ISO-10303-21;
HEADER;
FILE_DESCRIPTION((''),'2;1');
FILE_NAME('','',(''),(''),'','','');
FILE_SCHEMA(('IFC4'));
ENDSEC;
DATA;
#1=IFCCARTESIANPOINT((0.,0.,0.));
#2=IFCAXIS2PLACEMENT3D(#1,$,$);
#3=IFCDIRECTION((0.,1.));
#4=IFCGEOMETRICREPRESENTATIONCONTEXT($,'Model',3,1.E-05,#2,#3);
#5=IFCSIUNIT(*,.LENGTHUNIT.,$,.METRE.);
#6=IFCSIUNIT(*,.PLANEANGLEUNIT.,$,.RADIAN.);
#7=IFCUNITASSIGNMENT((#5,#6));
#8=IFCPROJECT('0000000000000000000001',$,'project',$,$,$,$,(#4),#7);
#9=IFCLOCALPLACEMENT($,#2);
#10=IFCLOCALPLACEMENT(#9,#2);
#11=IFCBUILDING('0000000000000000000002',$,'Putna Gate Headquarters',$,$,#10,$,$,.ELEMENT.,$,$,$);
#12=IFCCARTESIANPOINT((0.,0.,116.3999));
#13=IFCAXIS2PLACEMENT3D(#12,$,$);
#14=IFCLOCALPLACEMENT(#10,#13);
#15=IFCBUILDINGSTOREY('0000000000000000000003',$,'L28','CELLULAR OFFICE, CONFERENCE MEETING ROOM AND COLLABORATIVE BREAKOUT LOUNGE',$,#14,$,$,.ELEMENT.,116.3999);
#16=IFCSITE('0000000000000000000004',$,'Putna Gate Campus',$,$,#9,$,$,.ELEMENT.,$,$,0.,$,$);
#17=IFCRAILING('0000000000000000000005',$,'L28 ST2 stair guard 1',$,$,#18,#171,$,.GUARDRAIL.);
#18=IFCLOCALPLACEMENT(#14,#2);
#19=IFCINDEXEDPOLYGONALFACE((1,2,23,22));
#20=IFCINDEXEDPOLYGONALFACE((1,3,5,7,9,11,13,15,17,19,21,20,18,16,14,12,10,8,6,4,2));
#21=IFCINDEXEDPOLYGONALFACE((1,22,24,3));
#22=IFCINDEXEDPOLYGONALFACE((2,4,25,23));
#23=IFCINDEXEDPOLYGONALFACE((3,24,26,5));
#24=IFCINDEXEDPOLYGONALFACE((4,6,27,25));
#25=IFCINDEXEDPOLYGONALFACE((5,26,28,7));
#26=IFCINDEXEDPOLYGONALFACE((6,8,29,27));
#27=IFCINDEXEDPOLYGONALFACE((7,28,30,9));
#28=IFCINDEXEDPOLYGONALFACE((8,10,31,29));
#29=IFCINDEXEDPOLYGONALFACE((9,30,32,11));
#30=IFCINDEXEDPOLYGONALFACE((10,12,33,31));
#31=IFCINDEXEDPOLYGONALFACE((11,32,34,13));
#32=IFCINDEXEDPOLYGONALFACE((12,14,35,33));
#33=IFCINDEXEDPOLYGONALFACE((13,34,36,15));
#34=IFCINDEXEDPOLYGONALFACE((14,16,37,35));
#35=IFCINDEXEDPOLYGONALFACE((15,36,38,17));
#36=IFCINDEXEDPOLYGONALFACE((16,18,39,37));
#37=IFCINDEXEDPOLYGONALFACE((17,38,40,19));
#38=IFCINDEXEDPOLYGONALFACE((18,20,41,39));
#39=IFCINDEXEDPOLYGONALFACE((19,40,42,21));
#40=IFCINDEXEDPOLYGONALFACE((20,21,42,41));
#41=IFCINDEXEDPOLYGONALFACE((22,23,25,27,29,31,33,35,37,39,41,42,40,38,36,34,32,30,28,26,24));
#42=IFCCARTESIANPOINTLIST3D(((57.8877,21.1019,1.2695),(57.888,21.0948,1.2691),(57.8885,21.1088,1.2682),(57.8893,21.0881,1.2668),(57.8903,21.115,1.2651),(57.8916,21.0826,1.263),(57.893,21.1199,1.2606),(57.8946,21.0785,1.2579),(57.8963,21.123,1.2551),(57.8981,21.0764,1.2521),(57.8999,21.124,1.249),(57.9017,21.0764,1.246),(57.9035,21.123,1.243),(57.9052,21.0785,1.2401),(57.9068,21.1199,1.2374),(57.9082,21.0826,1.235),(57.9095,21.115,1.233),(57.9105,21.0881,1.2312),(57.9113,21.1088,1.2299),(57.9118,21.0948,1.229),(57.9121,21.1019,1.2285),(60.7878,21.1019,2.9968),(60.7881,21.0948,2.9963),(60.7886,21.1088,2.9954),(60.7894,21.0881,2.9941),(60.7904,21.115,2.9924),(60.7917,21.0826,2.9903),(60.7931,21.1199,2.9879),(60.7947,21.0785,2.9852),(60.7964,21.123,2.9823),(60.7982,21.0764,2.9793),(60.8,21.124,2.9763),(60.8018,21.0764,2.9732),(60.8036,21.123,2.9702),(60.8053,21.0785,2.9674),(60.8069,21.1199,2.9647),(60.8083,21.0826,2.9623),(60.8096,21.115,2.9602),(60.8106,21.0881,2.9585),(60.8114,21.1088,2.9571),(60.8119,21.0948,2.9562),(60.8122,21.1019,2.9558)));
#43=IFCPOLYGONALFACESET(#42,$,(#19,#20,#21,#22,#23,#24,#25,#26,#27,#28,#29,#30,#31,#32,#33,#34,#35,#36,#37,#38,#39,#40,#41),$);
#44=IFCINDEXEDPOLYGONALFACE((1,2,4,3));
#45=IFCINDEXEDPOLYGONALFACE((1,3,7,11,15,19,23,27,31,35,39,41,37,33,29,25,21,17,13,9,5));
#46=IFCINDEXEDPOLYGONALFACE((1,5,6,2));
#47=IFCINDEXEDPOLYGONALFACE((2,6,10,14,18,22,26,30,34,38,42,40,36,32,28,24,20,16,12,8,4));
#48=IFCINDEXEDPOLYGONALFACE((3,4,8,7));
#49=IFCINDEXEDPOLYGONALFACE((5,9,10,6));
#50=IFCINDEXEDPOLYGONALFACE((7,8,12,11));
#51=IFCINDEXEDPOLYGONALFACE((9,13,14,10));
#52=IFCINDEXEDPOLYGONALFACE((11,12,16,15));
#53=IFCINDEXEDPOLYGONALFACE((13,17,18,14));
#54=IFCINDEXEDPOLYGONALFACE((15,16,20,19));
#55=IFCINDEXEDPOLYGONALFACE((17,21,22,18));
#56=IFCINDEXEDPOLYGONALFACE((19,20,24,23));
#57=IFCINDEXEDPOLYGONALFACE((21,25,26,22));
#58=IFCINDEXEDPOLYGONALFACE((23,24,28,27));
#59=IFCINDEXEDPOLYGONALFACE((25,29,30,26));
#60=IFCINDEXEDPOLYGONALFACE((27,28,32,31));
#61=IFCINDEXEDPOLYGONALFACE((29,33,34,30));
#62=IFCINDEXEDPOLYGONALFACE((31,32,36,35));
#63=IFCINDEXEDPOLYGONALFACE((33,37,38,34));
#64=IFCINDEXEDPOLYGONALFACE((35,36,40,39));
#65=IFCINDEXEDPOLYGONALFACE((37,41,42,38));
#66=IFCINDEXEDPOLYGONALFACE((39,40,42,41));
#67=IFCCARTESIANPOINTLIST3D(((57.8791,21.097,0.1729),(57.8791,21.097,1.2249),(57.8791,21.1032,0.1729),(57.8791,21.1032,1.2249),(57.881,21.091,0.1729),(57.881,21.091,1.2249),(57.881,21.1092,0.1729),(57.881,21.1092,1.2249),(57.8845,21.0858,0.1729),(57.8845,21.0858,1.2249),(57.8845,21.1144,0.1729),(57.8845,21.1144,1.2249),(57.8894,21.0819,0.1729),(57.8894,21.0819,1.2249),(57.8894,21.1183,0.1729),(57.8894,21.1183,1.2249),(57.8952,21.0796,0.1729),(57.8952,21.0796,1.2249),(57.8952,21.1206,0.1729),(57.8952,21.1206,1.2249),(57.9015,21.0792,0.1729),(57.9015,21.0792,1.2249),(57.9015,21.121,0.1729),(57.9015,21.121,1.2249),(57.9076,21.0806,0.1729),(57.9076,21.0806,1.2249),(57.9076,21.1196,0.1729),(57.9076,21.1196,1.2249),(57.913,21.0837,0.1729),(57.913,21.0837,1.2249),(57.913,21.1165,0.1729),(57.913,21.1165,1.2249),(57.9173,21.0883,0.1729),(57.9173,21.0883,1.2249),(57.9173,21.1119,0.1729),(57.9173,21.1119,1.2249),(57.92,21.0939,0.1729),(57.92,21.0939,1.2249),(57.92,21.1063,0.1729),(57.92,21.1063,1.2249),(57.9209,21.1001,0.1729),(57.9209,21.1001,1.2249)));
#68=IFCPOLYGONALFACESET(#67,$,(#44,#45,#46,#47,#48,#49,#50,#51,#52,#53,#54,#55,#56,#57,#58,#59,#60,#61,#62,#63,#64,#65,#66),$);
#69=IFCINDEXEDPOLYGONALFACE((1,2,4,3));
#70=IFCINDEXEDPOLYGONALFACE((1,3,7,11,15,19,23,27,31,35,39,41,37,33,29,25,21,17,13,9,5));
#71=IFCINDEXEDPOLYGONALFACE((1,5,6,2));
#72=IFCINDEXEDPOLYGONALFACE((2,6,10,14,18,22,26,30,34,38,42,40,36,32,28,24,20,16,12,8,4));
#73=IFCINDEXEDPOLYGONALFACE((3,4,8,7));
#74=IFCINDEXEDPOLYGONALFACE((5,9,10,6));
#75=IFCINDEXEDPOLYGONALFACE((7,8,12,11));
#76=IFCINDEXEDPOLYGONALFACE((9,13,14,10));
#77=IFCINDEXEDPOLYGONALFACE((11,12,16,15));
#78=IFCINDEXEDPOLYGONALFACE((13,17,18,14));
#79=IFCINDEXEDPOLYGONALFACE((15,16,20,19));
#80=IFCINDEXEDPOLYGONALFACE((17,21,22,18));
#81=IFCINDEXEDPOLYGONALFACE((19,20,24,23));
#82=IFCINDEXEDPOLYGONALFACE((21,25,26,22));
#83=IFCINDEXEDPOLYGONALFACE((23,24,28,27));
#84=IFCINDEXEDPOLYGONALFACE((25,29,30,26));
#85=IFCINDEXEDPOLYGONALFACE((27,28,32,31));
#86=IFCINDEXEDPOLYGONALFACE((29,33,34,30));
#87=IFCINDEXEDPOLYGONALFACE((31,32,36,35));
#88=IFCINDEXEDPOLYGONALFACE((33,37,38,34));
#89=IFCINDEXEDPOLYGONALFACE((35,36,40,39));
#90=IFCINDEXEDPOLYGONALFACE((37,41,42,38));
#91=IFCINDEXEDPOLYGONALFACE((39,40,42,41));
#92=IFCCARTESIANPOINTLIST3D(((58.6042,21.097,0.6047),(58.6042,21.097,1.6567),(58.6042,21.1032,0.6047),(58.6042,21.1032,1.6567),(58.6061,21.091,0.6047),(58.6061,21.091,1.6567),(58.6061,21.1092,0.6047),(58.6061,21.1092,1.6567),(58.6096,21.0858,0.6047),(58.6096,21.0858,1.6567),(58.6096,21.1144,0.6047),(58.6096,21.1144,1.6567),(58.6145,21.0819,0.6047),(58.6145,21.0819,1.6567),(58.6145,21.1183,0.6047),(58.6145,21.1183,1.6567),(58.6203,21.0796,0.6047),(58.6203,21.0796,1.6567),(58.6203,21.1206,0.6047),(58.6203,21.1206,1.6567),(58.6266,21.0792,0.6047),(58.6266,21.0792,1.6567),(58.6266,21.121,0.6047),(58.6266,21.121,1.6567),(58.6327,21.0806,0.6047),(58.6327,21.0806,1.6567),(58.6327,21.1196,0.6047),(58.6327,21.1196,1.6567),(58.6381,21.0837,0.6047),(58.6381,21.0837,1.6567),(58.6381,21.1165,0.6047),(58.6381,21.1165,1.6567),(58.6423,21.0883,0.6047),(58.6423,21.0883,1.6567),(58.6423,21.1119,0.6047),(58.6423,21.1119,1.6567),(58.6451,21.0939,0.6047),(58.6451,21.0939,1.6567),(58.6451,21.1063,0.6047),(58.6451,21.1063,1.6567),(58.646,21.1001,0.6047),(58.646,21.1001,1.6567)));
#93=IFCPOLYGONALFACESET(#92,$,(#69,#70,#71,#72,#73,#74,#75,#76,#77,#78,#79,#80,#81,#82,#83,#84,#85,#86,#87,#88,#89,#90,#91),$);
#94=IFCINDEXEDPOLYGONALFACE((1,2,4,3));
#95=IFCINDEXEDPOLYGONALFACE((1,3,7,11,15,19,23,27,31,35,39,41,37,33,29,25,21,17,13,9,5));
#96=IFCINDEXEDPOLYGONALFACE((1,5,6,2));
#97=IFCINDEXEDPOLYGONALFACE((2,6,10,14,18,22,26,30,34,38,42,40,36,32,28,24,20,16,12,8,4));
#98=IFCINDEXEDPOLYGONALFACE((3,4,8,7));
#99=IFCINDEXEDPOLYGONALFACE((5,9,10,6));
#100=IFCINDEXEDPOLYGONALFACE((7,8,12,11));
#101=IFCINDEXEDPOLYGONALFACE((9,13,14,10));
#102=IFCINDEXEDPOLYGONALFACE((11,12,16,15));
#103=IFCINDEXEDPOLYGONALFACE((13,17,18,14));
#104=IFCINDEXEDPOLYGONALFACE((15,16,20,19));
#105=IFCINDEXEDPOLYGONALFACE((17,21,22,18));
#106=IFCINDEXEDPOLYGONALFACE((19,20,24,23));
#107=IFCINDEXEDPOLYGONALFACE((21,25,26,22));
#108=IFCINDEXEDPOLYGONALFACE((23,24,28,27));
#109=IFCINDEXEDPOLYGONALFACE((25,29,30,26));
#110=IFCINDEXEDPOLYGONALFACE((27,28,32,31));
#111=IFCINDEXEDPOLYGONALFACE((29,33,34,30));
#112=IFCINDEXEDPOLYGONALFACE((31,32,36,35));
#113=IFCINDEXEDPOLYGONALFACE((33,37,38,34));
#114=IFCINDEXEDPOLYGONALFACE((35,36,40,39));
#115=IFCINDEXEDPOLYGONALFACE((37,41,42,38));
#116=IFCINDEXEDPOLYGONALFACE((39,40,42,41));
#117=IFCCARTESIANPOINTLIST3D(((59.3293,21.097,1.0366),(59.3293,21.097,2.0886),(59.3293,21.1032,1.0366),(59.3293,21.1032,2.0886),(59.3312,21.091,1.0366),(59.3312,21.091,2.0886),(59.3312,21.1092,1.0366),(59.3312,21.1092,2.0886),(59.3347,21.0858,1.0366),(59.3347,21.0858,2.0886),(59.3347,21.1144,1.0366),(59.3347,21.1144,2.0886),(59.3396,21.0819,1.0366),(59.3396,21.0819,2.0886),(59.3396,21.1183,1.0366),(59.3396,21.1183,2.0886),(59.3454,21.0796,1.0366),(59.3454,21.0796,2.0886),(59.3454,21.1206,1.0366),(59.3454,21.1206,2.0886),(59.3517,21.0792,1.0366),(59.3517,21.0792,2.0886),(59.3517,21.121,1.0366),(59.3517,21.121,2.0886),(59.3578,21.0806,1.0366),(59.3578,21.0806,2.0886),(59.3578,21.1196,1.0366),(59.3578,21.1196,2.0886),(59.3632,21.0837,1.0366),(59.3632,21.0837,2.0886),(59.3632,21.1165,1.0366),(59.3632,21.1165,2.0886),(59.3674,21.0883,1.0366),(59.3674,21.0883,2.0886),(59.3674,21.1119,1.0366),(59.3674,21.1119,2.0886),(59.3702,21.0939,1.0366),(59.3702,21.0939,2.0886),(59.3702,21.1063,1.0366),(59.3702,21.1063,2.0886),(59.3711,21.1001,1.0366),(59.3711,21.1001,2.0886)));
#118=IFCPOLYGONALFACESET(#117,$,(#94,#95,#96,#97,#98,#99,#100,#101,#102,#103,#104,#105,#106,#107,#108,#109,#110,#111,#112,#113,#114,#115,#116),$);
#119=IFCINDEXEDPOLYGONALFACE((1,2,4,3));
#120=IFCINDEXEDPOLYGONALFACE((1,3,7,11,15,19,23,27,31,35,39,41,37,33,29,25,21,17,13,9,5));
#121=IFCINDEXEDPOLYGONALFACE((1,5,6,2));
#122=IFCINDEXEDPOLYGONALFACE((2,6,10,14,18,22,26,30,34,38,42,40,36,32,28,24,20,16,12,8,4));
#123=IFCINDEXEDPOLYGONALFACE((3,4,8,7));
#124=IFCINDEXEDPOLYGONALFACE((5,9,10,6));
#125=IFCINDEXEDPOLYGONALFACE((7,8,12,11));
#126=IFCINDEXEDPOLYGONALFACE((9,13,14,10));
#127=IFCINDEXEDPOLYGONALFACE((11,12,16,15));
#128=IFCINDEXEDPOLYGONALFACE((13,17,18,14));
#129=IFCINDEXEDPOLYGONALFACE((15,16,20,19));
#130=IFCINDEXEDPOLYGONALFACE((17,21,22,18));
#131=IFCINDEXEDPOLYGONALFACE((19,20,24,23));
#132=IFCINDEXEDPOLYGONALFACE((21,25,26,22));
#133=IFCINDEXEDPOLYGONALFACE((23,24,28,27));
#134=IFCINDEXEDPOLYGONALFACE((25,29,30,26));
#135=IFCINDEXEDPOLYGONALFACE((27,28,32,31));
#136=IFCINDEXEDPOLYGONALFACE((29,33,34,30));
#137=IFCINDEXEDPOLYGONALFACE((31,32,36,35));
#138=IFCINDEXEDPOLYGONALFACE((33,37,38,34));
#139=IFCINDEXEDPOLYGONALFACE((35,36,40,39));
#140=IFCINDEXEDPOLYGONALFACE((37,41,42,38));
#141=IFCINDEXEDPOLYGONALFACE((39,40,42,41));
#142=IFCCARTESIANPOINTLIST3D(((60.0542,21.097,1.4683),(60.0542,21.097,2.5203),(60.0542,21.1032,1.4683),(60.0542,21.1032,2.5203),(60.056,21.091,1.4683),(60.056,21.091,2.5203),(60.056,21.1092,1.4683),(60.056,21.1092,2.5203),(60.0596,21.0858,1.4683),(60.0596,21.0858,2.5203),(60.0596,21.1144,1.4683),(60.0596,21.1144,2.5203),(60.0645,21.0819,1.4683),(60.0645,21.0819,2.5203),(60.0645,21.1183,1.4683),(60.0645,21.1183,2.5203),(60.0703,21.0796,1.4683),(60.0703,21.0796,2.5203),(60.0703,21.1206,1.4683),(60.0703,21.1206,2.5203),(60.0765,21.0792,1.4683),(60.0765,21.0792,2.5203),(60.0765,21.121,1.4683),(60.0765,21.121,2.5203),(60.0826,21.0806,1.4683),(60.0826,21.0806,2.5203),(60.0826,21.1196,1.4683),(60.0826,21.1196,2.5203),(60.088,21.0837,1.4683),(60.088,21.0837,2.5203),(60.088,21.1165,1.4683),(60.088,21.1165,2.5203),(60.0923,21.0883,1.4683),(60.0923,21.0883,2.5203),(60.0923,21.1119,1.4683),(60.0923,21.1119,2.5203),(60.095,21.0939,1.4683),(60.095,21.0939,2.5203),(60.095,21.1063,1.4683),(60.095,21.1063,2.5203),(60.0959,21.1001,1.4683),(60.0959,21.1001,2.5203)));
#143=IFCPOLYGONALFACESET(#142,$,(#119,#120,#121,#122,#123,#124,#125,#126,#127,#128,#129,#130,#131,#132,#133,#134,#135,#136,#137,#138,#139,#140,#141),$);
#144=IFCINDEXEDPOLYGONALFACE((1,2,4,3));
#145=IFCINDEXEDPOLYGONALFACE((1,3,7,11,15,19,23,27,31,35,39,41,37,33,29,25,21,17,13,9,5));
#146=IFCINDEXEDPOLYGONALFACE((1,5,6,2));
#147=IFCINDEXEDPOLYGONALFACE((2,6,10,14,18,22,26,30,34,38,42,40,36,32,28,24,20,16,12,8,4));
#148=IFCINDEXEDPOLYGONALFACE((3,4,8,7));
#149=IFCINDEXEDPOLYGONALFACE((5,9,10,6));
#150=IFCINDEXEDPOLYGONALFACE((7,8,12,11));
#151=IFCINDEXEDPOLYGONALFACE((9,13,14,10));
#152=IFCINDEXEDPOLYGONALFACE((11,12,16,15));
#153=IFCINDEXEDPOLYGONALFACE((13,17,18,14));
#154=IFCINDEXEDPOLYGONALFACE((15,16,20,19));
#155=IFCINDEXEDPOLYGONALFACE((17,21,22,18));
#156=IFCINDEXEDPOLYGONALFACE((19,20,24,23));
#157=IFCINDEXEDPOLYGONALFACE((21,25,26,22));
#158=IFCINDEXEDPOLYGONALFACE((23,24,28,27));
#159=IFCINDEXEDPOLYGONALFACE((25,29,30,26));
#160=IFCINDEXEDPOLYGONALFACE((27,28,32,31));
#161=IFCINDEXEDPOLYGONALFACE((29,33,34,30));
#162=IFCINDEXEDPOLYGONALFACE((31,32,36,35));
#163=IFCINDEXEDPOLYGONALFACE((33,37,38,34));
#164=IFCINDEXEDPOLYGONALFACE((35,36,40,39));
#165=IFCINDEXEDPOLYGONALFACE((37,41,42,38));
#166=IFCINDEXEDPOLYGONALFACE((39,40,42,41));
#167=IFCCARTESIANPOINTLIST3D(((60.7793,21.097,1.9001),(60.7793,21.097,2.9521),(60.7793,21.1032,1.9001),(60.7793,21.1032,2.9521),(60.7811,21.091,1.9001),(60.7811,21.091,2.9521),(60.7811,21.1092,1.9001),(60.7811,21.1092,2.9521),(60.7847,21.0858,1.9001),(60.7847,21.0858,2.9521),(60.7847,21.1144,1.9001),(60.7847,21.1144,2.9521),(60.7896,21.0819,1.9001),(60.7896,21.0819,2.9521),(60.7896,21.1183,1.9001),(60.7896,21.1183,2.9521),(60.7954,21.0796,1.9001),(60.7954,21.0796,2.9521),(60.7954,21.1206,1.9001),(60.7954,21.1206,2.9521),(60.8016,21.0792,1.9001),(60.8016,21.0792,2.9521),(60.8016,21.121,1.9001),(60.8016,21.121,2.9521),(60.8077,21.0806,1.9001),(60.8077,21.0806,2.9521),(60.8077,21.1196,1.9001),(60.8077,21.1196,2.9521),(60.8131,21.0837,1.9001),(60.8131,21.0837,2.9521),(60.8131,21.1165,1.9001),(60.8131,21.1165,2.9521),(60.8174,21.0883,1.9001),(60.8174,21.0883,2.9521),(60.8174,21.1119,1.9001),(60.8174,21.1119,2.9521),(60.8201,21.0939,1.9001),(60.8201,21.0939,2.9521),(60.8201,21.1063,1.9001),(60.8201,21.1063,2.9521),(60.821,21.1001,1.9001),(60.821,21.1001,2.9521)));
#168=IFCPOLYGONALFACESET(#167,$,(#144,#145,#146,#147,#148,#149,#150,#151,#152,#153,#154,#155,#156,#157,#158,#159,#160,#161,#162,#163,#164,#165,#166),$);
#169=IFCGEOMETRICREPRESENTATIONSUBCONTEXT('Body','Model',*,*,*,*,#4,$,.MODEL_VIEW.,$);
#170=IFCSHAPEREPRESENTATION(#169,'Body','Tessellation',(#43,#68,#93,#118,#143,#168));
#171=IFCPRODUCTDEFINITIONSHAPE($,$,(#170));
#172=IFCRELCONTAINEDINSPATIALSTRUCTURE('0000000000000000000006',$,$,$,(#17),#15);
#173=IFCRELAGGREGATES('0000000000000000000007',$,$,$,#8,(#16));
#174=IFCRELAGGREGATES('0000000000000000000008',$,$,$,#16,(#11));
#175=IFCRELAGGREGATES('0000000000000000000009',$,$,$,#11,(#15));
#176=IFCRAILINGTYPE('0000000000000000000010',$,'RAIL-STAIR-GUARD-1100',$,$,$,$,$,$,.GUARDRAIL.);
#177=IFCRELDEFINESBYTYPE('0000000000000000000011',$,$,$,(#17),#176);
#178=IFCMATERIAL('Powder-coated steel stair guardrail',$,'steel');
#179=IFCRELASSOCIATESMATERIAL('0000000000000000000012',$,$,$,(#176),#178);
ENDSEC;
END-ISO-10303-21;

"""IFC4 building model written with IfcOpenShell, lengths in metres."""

from ifc_helpers import new_model, si_unit, direction, frame, origin, origin_2d, place, context, subcontext, project, spatial, circle, extrude, material, type_object, element, save


model = new_model("IFC4")

# Units and contexts
model_context = context("Model", 3, precision=1e-05, world=origin(), true_north=direction((0.0, 1.0)))
body_context = subcontext(model_context, "Body", "Model", "MODEL_VIEW")
ifc_project = project(units=[si_unit("LENGTHUNIT", "METRE"), si_unit("PLANEANGLEUNIT", "RADIAN")], contexts=[model_context])

# Site, building, storey
site_placement = place(None, origin())
site = spatial("IfcSite", under=ifc_project, at=site_placement, Name="Putna Gate Campus", CompositionType="ELEMENT", RefElevation=0.0)
building_placement = place(site_placement, origin())
building = spatial("IfcBuilding", under=site, at=building_placement, Name="Putna Gate Headquarters", CompositionType="ELEMENT")
storey_placement = place(building_placement, frame((0.0, 0.0, 116.3999)))
storey = spatial("IfcBuildingStorey", under=building, at=storey_placement, Name="L28", Description="CELLULAR OFFICE, CONFERENCE MEETING ROOM AND COLLABORATIVE BREAKOUT LOUNGE", CompositionType="ELEMENT", Elevation=116.3999)

# Railing
ifc_material_1 = material(Name="Powder-coated steel stair guardrail", Category="steel")
railing_type_1 = type_object("IfcRailingType", Name="RAIL-STAIR-GUARD-1100", PredefinedType="GUARDRAIL", material=ifc_material_1)
railing_1_placement = place(storey_placement, frame((57.8999, 21.1001, 0.1729)))
element("IfcRailing", 1, at=railing_1_placement, inside=storey, type_object=railing_type_1, Name="L28 ST2 stair guard 1", PredefinedType="GUARDRAIL", context=body_context, shape_type="SweptSolid", body=[
    extrude(circle(Radius=0.0239, at=origin_2d()), frame((0.0, 0.0, 1.0762), z_axis=(0.85916, 0.0, 0.511706), x_axis=(0.0, 1.0, 0.0)), (0.0, 0.0, 1.0), 3.3755),
    extrude(circle(Radius=0.021, at=origin_2d()), origin(), (0.0, 0.0, 1.0), 1.052),
    extrude(circle(Radius=0.021, at=origin_2d()), frame((0.7251, 0.0, 0.4319)), (0.0, 0.0, 1.0), 1.052),
    extrude(circle(Radius=0.021, at=origin_2d()), frame((1.4502, 0.0, 0.8638)), (0.0, 0.0, 1.0), 1.052),
    extrude(circle(Radius=0.021, at=origin_2d()), frame((2.175, 0.0, 1.2954)), (0.0, 0.0, 1.0), 1.052),
    extrude(circle(Radius=0.021, at=origin_2d()), frame((2.9001, 0.0, 1.7273)), (0.0, 0.0, 1.0), 1.052),
])

save(model, "model.ifc")
